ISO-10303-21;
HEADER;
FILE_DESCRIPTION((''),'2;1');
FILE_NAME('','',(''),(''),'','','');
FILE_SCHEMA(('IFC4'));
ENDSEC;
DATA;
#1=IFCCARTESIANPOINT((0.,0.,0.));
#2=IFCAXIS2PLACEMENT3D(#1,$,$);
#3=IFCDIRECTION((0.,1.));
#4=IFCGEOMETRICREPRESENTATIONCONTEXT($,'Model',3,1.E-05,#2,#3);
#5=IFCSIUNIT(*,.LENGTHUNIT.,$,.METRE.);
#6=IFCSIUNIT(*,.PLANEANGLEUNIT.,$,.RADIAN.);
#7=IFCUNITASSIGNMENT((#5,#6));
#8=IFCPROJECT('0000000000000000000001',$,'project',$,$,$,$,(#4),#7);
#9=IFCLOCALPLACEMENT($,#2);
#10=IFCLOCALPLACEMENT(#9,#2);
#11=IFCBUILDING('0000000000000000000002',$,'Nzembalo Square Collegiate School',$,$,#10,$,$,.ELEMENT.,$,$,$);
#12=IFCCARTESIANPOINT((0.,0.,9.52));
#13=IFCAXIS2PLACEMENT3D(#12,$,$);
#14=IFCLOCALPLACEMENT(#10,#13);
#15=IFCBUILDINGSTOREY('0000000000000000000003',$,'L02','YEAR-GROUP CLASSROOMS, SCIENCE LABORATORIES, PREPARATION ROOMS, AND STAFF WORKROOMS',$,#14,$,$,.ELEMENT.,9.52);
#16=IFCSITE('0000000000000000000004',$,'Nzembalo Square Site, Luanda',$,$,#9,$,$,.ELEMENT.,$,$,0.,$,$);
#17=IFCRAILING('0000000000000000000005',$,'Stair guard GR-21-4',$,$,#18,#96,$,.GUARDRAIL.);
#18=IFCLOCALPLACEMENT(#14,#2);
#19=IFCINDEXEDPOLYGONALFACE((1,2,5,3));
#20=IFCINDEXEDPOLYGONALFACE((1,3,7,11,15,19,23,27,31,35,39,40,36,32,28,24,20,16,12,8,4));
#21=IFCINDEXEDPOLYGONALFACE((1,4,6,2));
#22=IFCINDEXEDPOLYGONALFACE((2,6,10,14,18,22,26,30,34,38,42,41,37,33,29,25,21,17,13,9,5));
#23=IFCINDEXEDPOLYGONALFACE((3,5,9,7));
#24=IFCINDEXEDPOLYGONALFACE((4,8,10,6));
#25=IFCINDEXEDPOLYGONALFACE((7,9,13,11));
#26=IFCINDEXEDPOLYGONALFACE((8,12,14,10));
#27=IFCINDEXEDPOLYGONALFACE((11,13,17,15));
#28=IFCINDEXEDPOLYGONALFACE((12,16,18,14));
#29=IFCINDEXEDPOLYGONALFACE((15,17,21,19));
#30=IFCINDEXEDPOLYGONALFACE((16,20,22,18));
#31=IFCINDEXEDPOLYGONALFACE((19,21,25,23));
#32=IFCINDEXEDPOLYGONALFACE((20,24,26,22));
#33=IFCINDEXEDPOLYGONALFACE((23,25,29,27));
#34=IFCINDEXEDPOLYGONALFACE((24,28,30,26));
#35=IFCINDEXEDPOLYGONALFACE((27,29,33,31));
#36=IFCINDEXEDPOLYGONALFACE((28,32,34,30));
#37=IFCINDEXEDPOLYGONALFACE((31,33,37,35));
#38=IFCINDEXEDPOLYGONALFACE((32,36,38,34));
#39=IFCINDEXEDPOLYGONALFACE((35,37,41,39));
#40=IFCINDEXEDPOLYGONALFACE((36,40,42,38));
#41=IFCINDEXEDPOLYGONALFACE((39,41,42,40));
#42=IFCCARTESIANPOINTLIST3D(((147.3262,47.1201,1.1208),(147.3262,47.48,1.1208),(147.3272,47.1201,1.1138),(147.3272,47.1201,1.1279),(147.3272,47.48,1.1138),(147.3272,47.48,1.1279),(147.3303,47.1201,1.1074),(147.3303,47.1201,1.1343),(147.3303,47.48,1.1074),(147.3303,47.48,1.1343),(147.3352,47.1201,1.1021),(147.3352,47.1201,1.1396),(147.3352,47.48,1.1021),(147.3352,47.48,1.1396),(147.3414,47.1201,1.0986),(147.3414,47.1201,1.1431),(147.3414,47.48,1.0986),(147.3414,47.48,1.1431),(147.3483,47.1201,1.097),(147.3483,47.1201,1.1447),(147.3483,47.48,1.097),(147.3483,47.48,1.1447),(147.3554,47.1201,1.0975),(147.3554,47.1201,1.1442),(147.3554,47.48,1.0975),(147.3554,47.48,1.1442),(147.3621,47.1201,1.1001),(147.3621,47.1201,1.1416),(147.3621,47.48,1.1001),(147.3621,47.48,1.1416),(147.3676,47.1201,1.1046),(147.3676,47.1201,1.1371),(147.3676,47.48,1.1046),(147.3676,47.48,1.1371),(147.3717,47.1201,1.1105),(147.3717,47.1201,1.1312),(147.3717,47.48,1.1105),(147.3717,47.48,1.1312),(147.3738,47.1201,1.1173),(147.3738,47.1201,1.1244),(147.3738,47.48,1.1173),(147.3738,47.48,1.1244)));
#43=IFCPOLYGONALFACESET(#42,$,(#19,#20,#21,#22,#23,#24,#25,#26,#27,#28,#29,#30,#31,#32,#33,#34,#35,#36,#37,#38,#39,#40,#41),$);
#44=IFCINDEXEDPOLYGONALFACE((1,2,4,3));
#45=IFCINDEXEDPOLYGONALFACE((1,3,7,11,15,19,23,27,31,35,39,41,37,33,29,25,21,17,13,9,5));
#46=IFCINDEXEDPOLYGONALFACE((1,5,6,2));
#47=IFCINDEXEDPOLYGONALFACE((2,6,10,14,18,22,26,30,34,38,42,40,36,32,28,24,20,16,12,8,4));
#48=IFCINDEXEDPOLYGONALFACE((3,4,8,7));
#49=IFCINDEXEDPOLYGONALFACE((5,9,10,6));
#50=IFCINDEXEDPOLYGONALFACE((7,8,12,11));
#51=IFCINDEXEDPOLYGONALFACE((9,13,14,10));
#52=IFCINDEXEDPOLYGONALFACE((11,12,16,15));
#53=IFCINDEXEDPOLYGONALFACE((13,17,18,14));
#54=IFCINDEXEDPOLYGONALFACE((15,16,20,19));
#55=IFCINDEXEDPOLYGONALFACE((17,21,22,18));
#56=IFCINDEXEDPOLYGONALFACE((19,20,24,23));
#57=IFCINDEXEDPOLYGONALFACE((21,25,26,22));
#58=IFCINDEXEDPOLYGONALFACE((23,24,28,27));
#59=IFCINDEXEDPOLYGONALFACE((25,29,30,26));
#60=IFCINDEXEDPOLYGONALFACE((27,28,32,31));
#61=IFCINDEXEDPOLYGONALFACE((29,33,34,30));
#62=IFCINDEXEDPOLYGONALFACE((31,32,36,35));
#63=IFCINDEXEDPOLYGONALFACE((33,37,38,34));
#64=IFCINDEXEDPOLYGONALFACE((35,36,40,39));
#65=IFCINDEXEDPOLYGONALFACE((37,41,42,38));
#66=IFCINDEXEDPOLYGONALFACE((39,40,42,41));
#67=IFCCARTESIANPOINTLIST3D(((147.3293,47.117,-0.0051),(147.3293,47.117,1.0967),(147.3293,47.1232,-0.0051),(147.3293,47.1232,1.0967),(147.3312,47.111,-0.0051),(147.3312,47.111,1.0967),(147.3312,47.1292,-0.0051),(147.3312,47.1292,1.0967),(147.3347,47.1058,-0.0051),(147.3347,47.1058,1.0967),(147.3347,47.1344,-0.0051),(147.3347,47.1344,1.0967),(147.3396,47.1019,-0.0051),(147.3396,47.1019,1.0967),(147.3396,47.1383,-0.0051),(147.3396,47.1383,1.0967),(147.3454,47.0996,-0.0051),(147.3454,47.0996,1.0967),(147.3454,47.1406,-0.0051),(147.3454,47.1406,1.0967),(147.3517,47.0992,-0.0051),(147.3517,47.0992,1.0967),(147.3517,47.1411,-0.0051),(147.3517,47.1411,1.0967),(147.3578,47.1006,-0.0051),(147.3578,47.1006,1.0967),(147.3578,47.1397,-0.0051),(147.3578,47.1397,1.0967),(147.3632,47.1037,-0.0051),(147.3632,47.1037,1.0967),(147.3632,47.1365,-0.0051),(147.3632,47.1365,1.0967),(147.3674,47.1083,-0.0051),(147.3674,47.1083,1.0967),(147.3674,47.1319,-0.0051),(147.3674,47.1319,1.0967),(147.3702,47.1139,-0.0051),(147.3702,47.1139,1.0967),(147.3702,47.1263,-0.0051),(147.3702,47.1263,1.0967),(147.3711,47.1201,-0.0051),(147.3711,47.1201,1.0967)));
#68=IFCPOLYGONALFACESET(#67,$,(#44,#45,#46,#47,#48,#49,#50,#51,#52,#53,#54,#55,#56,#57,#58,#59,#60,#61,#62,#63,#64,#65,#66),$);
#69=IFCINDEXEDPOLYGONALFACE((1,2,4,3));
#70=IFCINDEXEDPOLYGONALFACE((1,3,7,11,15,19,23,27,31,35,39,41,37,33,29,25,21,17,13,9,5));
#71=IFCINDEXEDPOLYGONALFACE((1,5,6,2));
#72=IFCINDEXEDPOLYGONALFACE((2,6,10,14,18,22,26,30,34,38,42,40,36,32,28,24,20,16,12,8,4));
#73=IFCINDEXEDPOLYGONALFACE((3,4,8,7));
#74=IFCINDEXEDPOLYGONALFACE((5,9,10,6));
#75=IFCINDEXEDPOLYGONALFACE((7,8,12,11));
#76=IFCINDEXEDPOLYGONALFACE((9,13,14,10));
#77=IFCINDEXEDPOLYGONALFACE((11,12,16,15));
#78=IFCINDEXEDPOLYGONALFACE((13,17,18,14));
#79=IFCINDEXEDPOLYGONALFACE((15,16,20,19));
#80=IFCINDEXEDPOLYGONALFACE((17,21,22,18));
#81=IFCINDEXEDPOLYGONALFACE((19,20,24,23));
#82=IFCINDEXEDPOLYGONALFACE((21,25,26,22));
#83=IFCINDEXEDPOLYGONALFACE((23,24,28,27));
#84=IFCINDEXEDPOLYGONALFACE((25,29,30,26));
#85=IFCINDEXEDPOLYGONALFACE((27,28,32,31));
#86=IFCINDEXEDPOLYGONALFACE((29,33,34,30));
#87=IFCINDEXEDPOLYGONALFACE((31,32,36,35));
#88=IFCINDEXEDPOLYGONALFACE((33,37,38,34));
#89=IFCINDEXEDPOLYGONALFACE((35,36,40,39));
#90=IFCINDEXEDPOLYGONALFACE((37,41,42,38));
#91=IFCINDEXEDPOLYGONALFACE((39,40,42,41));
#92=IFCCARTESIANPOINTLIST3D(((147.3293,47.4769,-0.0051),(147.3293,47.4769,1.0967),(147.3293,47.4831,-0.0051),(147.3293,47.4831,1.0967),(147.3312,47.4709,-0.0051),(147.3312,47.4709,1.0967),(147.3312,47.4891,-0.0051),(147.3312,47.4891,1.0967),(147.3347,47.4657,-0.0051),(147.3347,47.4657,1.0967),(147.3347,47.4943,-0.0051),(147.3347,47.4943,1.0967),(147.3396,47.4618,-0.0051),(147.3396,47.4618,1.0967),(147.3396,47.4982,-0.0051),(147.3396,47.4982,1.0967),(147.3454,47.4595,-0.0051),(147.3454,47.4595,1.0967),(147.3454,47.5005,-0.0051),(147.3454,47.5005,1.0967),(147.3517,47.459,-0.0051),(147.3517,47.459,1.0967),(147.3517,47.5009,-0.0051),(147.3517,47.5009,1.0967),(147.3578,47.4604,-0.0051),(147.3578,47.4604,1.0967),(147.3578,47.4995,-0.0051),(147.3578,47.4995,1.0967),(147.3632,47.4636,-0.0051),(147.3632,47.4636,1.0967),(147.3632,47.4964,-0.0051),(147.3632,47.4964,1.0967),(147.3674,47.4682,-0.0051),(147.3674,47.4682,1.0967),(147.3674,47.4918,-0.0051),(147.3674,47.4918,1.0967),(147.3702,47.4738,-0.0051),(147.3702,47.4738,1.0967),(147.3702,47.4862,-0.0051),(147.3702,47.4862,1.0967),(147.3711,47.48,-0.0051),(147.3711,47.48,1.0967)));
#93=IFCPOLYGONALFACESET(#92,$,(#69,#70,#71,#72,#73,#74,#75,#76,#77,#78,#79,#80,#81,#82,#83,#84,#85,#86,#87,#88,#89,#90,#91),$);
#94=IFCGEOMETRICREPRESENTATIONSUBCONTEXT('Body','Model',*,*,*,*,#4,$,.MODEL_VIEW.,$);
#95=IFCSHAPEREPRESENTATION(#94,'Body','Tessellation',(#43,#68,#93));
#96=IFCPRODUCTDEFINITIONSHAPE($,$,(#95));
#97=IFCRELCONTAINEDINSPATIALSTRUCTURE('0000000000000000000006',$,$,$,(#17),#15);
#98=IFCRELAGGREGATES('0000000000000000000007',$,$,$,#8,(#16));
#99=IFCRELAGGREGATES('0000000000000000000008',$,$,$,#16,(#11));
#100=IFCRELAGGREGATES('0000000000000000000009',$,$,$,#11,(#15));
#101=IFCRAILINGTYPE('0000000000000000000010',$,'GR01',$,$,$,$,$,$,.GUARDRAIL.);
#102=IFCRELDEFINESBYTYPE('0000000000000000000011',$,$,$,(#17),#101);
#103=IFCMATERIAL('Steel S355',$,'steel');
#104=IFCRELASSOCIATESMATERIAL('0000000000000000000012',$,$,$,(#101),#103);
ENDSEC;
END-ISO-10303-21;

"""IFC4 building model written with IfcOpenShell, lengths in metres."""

from ifc_helpers import new_model, si_unit, direction, frame, origin, origin_2d, place, context, subcontext, project, spatial, circle, extrude, material, type_object, element, save


model = new_model("IFC4")

# Units and contexts
model_context = context("Model", 3, precision=1e-05, world=origin(), true_north=direction((0.0, 1.0)))
body_context = subcontext(model_context, "Body", "Model", "MODEL_VIEW")
ifc_project = project(units=[si_unit("LENGTHUNIT", "METRE"), si_unit("PLANEANGLEUNIT", "RADIAN")], contexts=[model_context])

# Site, building, storey
site_placement = place(None, origin())
site = spatial("IfcSite", under=ifc_project, at=site_placement, Name="Nzembalo Square Site, Luanda", CompositionType="ELEMENT", RefElevation=0.0)
building_placement = place(site_placement, origin())
building = spatial("IfcBuilding", under=site, at=building_placement, Name="Nzembalo Square Collegiate School", CompositionType="ELEMENT")
storey_placement = place(building_placement, frame((0.0, 0.0, 9.52)))
storey = spatial("IfcBuildingStorey", under=building, at=storey_placement, Name="L02", Description="YEAR-GROUP CLASSROOMS, SCIENCE LABORATORIES, PREPARATION ROOMS, AND STAFF WORKROOMS", CompositionType="ELEMENT", Elevation=9.52)

# Railing
ifc_material_1 = material(Name="Steel S355", Category="steel")
railing_type_1 = type_object("IfcRailingType", Name="GR01", PredefinedType="GUARDRAIL", material=ifc_material_1)
railing_1_placement = place(storey_placement, frame((147.3501, 47.1201, -0.0051)))
element("IfcRailing", 1, at=railing_1_placement, inside=storey, type_object=railing_type_1, Name="Stair guard GR-21-4", PredefinedType="GUARDRAIL", context=body_context, shape_type="SweptSolid", body=[
    extrude(circle(Radius=0.0239, at=origin_2d()), frame((0.0, 0.0, 1.126), z_axis=(0.0, 1.0, 0.0), x_axis=(-1.0, 0.0, 0.0)), (0.0, 0.0, 1.0), 0.3599),
    extrude(circle(Radius=0.021, at=origin_2d()), origin(), (0.0, 0.0, 1.0), 1.1018),
    extrude(circle(Radius=0.021, at=origin_2d()), frame((0.0, 0.3599, 0.0)), (0.0, 0.0, 1.0), 1.1018),
])

save(model, "model.ifc")
